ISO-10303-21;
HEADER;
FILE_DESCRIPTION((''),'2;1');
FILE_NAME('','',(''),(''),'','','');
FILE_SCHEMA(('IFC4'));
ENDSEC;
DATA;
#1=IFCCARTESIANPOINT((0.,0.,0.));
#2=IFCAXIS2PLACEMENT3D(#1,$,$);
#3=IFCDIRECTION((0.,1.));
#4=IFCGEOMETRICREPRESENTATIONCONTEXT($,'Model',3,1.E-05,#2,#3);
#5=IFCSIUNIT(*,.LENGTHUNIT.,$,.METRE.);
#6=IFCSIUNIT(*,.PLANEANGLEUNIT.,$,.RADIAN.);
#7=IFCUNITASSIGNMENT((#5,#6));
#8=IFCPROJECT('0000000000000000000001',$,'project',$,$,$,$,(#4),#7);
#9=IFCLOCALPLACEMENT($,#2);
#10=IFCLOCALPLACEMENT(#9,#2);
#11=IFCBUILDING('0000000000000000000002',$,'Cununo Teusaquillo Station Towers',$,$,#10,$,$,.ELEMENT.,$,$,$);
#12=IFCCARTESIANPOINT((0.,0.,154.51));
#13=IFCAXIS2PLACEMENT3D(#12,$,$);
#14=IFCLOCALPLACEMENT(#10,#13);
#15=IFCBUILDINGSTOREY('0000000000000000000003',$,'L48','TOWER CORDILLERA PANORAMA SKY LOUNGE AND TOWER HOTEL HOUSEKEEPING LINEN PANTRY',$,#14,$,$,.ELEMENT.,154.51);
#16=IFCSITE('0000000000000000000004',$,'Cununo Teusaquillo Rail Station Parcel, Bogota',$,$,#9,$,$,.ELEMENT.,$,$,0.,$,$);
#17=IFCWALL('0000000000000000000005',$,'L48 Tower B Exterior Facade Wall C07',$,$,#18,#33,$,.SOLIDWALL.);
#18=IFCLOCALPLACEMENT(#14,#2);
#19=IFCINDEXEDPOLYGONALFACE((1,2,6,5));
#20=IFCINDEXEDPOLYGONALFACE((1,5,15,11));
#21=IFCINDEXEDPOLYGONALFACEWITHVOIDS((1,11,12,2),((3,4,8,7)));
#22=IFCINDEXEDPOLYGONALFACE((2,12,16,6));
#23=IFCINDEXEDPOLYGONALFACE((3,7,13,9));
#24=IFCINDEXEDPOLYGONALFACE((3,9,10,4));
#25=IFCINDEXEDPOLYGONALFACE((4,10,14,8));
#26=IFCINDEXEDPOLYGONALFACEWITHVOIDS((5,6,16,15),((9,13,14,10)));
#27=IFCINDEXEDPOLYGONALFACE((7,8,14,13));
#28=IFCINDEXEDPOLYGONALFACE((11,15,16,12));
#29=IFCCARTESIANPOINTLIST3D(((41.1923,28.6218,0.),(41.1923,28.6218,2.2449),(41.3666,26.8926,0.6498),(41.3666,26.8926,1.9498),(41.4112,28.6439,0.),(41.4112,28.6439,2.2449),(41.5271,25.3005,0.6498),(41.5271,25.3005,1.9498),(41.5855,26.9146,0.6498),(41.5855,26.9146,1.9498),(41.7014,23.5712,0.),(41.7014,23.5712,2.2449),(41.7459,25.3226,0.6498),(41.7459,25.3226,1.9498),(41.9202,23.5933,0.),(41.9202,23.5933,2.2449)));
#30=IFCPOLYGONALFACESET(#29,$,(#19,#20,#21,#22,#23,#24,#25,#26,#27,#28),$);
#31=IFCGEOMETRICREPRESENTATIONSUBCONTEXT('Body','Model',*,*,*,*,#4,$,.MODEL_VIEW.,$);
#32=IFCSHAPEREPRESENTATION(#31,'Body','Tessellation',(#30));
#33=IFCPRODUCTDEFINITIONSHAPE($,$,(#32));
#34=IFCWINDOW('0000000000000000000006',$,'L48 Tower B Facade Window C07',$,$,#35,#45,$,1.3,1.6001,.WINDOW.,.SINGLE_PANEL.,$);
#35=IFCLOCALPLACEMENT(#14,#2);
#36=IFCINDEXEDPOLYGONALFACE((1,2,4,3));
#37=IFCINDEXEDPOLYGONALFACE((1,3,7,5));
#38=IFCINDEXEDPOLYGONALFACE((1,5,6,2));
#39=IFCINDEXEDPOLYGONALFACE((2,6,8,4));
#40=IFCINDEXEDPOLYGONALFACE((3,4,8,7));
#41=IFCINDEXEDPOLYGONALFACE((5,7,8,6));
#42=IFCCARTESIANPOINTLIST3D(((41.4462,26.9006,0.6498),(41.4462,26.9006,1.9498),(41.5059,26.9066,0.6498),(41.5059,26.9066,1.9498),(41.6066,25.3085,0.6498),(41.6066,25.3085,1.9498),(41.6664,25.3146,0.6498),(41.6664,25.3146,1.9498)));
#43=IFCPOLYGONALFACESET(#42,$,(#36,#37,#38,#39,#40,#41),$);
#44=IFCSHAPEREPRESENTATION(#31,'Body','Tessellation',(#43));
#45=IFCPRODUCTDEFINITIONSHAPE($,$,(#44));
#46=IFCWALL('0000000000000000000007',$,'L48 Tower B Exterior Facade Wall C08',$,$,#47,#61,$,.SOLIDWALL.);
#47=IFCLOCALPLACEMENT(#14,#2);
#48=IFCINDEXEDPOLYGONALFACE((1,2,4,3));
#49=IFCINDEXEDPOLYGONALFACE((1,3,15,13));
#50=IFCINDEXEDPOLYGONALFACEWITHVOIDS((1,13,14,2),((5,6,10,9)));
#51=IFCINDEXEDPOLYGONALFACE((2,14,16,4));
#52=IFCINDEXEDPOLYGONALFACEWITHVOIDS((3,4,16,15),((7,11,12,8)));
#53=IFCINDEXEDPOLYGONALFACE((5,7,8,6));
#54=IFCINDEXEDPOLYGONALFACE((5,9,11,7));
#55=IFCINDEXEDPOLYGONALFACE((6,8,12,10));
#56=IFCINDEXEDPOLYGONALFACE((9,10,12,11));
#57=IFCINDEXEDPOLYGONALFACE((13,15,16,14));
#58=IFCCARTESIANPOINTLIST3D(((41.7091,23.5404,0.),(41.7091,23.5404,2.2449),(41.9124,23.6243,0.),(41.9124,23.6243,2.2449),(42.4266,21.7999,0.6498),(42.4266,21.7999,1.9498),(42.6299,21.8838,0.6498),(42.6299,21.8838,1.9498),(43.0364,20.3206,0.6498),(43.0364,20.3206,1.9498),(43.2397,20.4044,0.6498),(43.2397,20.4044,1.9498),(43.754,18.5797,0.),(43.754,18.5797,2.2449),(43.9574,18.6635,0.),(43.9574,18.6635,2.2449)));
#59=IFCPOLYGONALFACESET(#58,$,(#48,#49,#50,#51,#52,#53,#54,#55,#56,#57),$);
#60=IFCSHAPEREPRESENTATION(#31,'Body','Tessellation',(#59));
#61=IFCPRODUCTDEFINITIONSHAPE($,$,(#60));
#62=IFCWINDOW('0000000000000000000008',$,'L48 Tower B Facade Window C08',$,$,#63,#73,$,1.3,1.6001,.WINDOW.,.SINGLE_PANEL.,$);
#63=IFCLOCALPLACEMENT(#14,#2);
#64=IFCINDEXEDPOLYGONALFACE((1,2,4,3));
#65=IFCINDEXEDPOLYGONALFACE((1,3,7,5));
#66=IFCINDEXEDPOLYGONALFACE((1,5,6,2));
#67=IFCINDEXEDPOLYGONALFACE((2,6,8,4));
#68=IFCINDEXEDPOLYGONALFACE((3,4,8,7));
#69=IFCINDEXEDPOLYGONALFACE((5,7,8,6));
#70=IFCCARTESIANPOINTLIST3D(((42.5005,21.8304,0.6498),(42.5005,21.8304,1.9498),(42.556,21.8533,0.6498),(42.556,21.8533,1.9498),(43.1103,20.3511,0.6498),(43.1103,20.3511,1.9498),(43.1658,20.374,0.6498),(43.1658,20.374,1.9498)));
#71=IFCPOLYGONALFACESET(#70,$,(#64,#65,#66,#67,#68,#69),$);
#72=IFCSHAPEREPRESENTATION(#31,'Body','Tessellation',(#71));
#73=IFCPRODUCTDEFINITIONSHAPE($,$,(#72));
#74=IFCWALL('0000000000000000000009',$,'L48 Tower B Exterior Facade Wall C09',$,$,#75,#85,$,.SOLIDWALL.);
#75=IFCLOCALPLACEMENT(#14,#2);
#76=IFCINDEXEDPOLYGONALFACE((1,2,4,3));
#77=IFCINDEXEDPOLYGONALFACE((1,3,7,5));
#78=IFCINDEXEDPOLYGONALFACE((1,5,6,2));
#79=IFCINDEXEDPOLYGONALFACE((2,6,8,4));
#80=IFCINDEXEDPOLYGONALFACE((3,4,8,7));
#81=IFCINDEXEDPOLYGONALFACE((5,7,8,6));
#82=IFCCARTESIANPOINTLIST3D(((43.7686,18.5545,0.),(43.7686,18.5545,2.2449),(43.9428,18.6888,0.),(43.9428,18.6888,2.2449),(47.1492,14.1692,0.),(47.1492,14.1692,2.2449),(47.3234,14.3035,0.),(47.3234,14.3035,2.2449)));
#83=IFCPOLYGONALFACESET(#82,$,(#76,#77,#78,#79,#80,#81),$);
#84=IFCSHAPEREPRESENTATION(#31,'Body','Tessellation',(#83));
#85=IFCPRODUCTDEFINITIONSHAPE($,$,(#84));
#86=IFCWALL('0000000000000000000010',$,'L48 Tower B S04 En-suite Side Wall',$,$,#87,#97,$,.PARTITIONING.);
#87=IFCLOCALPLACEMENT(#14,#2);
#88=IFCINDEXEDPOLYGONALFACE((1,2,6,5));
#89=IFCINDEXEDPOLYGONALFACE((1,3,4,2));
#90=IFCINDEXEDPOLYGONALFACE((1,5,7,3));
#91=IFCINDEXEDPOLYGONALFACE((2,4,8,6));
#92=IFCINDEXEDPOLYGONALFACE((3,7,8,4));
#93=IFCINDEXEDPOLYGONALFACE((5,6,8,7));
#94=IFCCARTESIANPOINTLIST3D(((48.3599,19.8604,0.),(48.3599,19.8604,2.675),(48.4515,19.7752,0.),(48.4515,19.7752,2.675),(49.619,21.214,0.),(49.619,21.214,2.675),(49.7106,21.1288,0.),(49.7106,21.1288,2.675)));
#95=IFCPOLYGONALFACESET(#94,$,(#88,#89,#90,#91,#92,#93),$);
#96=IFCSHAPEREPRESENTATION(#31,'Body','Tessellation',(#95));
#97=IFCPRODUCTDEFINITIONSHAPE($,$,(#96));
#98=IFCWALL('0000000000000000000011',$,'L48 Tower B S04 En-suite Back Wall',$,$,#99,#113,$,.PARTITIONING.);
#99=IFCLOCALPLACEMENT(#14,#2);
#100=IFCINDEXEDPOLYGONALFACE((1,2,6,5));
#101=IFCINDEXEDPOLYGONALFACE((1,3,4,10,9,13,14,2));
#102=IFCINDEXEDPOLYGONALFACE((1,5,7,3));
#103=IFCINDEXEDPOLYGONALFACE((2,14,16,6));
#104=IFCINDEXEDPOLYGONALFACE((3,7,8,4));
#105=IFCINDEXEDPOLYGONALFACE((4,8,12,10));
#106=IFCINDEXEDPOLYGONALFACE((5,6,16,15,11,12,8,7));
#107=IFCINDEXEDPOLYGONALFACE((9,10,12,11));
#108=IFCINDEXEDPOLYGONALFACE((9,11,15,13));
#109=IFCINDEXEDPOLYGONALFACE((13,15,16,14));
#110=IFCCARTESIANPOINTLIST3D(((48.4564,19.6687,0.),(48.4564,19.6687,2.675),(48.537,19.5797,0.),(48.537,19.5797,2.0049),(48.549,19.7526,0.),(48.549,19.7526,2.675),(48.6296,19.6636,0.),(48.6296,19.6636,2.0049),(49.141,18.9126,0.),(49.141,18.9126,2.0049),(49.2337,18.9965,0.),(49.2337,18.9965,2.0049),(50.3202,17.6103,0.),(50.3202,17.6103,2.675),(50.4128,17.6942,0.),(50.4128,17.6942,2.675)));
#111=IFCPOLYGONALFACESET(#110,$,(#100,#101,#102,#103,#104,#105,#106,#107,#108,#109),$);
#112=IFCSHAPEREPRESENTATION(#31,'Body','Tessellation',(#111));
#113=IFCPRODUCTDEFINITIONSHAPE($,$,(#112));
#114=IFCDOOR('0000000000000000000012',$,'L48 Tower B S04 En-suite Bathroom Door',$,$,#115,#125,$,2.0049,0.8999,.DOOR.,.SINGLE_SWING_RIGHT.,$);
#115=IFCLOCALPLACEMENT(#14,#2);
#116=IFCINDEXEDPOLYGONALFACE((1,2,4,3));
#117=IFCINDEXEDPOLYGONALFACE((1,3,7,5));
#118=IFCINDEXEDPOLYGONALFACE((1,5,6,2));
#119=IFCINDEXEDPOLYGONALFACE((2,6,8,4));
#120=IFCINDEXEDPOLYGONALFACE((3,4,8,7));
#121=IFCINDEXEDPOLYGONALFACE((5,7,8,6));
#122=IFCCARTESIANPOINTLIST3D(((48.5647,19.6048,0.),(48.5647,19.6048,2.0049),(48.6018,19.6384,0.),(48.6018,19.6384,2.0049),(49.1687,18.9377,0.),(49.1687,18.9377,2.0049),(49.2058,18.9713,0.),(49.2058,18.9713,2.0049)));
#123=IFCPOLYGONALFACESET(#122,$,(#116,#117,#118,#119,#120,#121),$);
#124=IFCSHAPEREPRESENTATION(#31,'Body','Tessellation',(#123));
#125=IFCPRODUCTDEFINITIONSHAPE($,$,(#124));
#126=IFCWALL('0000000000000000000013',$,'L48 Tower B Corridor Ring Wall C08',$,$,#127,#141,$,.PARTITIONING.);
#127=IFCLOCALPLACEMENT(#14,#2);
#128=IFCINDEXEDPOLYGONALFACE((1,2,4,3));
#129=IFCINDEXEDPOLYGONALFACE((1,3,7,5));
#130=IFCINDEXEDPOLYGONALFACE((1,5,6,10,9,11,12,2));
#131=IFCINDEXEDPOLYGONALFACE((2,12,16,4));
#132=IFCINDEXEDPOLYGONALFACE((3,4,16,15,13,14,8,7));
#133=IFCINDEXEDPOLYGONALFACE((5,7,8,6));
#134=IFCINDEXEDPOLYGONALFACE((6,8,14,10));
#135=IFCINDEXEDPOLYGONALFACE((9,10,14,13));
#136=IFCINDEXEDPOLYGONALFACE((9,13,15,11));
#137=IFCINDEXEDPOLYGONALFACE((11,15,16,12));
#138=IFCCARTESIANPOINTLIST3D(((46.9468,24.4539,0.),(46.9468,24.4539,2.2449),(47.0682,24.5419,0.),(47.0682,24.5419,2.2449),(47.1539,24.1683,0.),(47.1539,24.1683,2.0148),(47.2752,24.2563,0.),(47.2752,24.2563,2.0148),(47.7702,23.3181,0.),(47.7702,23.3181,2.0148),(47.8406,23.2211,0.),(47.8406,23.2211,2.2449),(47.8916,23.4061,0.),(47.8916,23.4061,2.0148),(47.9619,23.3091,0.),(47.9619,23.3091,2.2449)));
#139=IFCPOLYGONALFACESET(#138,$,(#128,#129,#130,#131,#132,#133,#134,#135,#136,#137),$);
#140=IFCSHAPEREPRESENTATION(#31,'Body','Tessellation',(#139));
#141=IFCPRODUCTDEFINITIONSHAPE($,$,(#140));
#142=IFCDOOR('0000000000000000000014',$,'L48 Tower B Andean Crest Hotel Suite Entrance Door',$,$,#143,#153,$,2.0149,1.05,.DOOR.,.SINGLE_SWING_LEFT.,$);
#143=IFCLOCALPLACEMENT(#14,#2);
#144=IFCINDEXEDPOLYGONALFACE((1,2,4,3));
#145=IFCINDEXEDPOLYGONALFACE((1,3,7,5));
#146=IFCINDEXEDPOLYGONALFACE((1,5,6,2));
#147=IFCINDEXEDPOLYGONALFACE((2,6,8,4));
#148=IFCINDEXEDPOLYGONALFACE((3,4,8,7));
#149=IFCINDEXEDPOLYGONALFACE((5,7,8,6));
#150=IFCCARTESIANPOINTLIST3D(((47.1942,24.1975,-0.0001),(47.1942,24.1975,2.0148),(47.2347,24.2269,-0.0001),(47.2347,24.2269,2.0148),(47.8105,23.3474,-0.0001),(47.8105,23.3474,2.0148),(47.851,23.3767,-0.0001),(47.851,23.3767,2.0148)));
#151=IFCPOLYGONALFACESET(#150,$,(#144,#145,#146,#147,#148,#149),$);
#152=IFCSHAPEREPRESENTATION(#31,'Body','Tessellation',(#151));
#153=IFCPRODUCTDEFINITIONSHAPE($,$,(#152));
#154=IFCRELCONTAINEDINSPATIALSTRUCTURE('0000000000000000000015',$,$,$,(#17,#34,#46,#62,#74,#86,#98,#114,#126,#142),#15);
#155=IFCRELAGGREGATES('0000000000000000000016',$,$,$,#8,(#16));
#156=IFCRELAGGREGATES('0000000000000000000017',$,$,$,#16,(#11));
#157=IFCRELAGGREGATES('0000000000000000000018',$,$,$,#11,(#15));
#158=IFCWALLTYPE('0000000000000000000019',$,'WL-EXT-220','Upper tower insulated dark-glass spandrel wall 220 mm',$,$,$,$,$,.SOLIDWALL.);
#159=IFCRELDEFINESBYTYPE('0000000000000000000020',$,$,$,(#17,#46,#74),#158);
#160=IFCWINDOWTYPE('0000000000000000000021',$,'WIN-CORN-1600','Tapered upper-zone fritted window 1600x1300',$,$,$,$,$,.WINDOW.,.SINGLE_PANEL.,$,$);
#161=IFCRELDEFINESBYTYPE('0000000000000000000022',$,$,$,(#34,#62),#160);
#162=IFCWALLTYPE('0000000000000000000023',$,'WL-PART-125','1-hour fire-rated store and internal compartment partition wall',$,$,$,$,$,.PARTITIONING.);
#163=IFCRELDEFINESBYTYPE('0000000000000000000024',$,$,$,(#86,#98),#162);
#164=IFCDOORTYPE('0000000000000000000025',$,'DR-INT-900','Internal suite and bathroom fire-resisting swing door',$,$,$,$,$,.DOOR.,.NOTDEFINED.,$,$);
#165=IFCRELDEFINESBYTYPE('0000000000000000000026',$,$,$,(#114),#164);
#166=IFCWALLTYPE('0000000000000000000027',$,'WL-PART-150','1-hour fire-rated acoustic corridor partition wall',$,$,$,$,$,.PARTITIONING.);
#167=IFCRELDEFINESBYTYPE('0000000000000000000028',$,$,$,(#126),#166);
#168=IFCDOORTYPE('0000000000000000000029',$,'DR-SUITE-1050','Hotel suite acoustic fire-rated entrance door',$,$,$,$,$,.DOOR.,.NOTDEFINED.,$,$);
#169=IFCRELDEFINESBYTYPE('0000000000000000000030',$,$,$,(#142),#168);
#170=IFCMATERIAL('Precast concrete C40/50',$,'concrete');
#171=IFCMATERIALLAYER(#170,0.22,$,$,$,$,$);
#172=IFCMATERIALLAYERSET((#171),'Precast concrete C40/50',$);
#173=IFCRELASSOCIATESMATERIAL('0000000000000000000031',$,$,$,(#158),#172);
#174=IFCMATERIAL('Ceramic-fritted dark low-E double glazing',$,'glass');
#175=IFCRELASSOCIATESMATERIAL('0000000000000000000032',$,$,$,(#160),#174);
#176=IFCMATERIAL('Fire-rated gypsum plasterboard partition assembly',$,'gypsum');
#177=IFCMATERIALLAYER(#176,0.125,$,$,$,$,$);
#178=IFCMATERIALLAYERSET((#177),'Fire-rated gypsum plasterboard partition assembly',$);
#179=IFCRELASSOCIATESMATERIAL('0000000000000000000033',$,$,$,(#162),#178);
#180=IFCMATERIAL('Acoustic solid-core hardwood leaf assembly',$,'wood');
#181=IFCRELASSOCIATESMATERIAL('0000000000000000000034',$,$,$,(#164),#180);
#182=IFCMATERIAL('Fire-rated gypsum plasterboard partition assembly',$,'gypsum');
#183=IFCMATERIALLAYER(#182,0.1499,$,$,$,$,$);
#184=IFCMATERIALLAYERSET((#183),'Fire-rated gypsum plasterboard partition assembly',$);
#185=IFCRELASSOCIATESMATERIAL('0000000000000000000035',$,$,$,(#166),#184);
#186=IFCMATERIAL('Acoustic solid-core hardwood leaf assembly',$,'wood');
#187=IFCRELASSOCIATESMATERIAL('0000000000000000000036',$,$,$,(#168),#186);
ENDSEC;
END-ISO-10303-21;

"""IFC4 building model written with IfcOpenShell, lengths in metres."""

from ifc_helpers import new_model, si_unit, direction, frame, frame_2d, origin, place, context, subcontext, project, spatial, rectangle, extrude, source, transform, mapped, material, layer, layer_set, type_object, element, fill, save


model = new_model("IFC4")

# Units and contexts
model_context = context("Model", 3, precision=1e-05, world=origin(), true_north=direction((0.0, 1.0)))
body_context = subcontext(model_context, "Body", "Model", "MODEL_VIEW")
ifc_project = project(units=[si_unit("LENGTHUNIT", "METRE"), si_unit("PLANEANGLEUNIT", "RADIAN")], contexts=[model_context])

# Site, building, storey
site_placement = place(None, origin())
site = spatial("IfcSite", under=ifc_project, at=site_placement, Name="Cununo Teusaquillo Rail Station Parcel, Bogota", CompositionType="ELEMENT", RefElevation=0.0)
building_placement = place(site_placement, origin())
building = spatial("IfcBuilding", under=site, at=building_placement, Name="Cununo Teusaquillo Station Towers", CompositionType="ELEMENT")
storey_placement = place(building_placement, frame((0.0, 0.0, 154.51)))
storey = spatial("IfcBuildingStorey", under=building, at=storey_placement, Name="L48", Description="TOWER CORDILLERA PANORAMA SKY LOUNGE AND TOWER HOTEL HOUSEKEEPING LINEN PANTRY", CompositionType="ELEMENT", Elevation=154.51)

# Shared definitions
ifc_material_1 = material(Name="Precast concrete C40/50", Category="concrete")
ifc_layer_1 = layer(ifc_material_1, 0.22)
ifc_layer_set_1 = layer_set([ifc_layer_1], Name="Precast concrete C40/50")
wall_type_1 = type_object("IfcWallType", Name="WL-EXT-220", Description="Upper tower insulated dark-glass spandrel wall 220 mm", PredefinedType="SOLIDWALL", material=ifc_layer_set_1)

# Walls, openings, windows
shared_shape_1 = source(origin(), body_context, "Body", "SweptSolid", [
    extrude(rectangle(XDim=1.6001, YDim=1.3, at=frame_2d((0.8, 0.6499))), frame((0.0, 0.1199, 0.0), z_axis=(0.0, -1.0, 0.0), x_axis=(1.0, 0.0, 0.0)), (0.0, 0.0, 1.0), 0.24),
])
ifc_material_2 = material(Name="Ceramic-fritted dark low-E double glazing", Category="glass")
window_type = type_object("IfcWindowType", Name="WIN-CORN-1600", Description="Tapered upper-zone fritted window 1600x1300", PartitioningType="SINGLE_PANEL", PredefinedType="WINDOW", material=ifc_material_2)
shared_shape_2 = source(origin(), body_context, "Body", "SweptSolid", [
    extrude(rectangle(XDim=1.6001, YDim=1.3, at=frame_2d((0.8, 0.6499))), frame((0.0, 0.03, 0.0), z_axis=(0.0, -1.0, 0.0), x_axis=(1.0, 0.0, 0.0)), (0.0, 0.0, 1.0), 0.0601),
])
wall_1_placement = place(storey_placement, frame((41.8108, 23.5823, 0.0), z_axis=(0.0, 0.0, 1.0), x_axis=(-0.10028, 0.994959, 0.0)))
wall_1 = element("IfcWall", 1, at=wall_1_placement, inside=storey, type_object=wall_type_1, Name="L48 Tower B Exterior Facade Wall C07", PredefinedType="SOLIDWALL", context=body_context, shape_type="SweptSolid", body=[
    extrude(rectangle(XDim=5.0762, YDim=0.22, at=frame_2d((2.5381, 0.0))), origin(), (0.0, 0.0, 1.0), 2.2449),
])
opening_1_placement = place(wall_1_placement, frame((1.738, 0.0, 0.6499)))
opening_1 = element("IfcOpeningElement", 2, at=opening_1_placement, cuts=wall_1, PredefinedType="OPENING", context=body_context, shape_type="MappedRepresentation", body=[
    mapped(shared_shape_1, transform((0.0, 0.0, 0.0), x_axis=(1.0, 0.0, 0.0), y_axis=(0.0, 1.0, 0.0), z_axis=(0.0, 0.0, 1.0), scale=1.0)),
])
window_1_placement = place(opening_1_placement, origin())
window_1 = element("IfcWindow", 3, at=window_1_placement, inside=storey, type_object=window_type, Name="L48 Tower B Facade Window C07", OverallHeight=1.3, OverallWidth=1.6001, PartitioningType="SINGLE_PANEL", PredefinedType="WINDOW", context=body_context, shape_type="MappedRepresentation", body=[
    mapped(shared_shape_2, transform((0.0, 0.0, 0.0), x_axis=(1.0, 0.0, 0.0), y_axis=(0.0, 1.0, 0.0), z_axis=(0.0, 0.0, 1.0), scale=1.0)),
])
fill(opening_1, window_1)
wall_2_placement = place(storey_placement, frame((43.8557, 18.6216, 0.0), z_axis=(0.0, 0.0, 1.0), x_axis=(-0.381114, 0.924528, 0.0)))
wall_2 = element("IfcWall", 4, at=wall_2_placement, inside=storey, type_object=wall_type_1, Name="L48 Tower B Exterior Facade Wall C08", PredefinedType="SOLIDWALL", context=body_context, shape_type="SweptSolid", body=[
    extrude(rectangle(XDim=5.3657, YDim=0.22, at=frame_2d((2.6829, 0.0))), origin(), (0.0, 0.0, 1.0), 2.2449),
])
opening_2_placement = place(wall_2_placement, frame((1.8831, 0.0, 0.6499)))
opening_2 = element("IfcOpeningElement", 5, at=opening_2_placement, cuts=wall_2, PredefinedType="OPENING", context=body_context, shape_type="MappedRepresentation", body=[
    mapped(shared_shape_1, transform((0.0, 0.0, 0.0), x_axis=(1.0, 0.0, 0.0), y_axis=(0.0, 1.0, 0.0), z_axis=(0.0, 0.0, 1.0), scale=1.0)),
])
window_2_placement = place(opening_2_placement, origin())
window_2 = element("IfcWindow", 6, at=window_2_placement, inside=storey, type_object=window_type, Name="L48 Tower B Facade Window C08", OverallHeight=1.3, OverallWidth=1.6001, PartitioningType="SINGLE_PANEL", PredefinedType="WINDOW", context=body_context, shape_type="MappedRepresentation", body=[
    mapped(shared_shape_2, transform((0.0, 0.0, 0.0), x_axis=(1.0, 0.0, 0.0), y_axis=(0.0, 1.0, 0.0), z_axis=(0.0, 0.0, 1.0), scale=1.0)),
])
fill(opening_2, window_2)

# Walls
wall_3_placement = place(storey_placement, frame((47.2363, 14.2363, 0.0), z_axis=(0.0, 0.0, 1.0), x_axis=(-0.610544, 0.791983, 0.0)))
element("IfcWall", 7, at=wall_3_placement, inside=storey, type_object=wall_type_1, Name="L48 Tower B Exterior Facade Wall C09", PredefinedType="SOLIDWALL", context=body_context, shape_type="SweptSolid", body=[
    extrude(rectangle(XDim=5.5371, YDim=0.22, at=frame_2d((2.7686, 0.0))), origin(), (0.0, 0.0, 1.0), 2.2449),
])
ifc_material_3 = material(Name="Fire-rated gypsum plasterboard partition assembly", Category="gypsum")
ifc_layer_2 = layer(ifc_material_3, 0.125)
ifc_layer_set_2 = layer_set([ifc_layer_2], Name="Fire-rated gypsum plasterboard partition assembly")
wall_type_2 = type_object("IfcWallType", Name="WL-PART-125", Description="1-hour fire-rated store and internal compartment partition wall", PredefinedType="PARTITIONING", material=ifc_layer_set_2)
wall_4_placement = place(storey_placement, frame((49.6648, 21.1714, 0.0), z_axis=(0.0, 0.0, 1.0), x_axis=(-0.681089, -0.732201, 0.0)))
element("IfcWall", 8, at=wall_4_placement, inside=storey, type_object=wall_type_2, Name="L48 Tower B S04 En-suite Side Wall", PredefinedType="PARTITIONING", context=body_context, shape_type="SweptSolid", body=[
    extrude(rectangle(XDim=1.8486, YDim=0.125, at=frame_2d((0.9243, 0.0))), origin(), (0.0, 0.0, 1.0), 2.675),
])

# Walls, openings, doors
wall_5_placement = place(storey_placement, frame((48.5027, 19.7107, 0.0), z_axis=(0.0, 0.0, 1.0), x_axis=(0.671201, -0.741275, 0.0)))
wall_5 = element("IfcWall", 9, at=wall_5_placement, inside=storey, type_object=wall_type_2, Name="L48 Tower B S04 En-suite Back Wall", PredefinedType="PARTITIONING", context=body_context, shape_type="SweptSolid", body=[
    extrude(rectangle(XDim=2.7769, YDim=0.125, at=frame_2d((1.3884, 0.0))), origin(), (0.0, 0.0, 1.0), 2.675),
])
shared_shape_3 = source(origin(), body_context, "Body", "SweptSolid", [
    extrude(rectangle(XDim=0.8999, YDim=2.0049, at=frame_2d((0.45, 1.0024))), frame((0.0, 0.0725, 0.0), z_axis=(0.0, -1.0, 0.0), x_axis=(1.0, 0.0, 0.0)), (0.0, 0.0, 1.0), 0.145),
])
opening_3_placement = place(wall_5_placement, frame((0.1201, 0.0, 0.0)))
opening_3 = element("IfcOpeningElement", 10, at=opening_3_placement, cuts=wall_5, PredefinedType="OPENING", context=body_context, shape_type="MappedRepresentation", body=[
    mapped(shared_shape_3, transform((0.0, 0.0, 0.0), x_axis=(1.0, 0.0, 0.0), y_axis=(0.0, 1.0, 0.0), z_axis=(0.0, 0.0, 1.0), scale=1.0)),
])
ifc_material_4 = material(Name="Acoustic solid-core hardwood leaf assembly", Category="wood")
door_type_1 = type_object("IfcDoorType", Name="DR-INT-900", Description="Internal suite and bathroom fire-resisting swing door", OperationType="NOTDEFINED", PredefinedType="DOOR", material=ifc_material_4)
shared_shape_4 = source(origin(), body_context, "Body", "SweptSolid", [
    extrude(rectangle(XDim=0.8999, YDim=2.0049, at=frame_2d((0.45, 1.0024))), frame((0.0, 0.0249, 0.0), z_axis=(0.0, -1.0, 0.0), x_axis=(1.0, 0.0, 0.0)), (0.0, 0.0, 1.0), 0.05),
])
door_1_placement = place(opening_3_placement, origin())
door_1 = element("IfcDoor", 11, at=door_1_placement, inside=storey, type_object=door_type_1, Name="L48 Tower B S04 En-suite Bathroom Door", OperationType="SINGLE_SWING_RIGHT", OverallHeight=2.0049, OverallWidth=0.8999, PredefinedType="DOOR", context=body_context, shape_type="MappedRepresentation", body=[
    mapped(shared_shape_4, transform((0.0, 0.0, 0.0), x_axis=(1.0, 0.0, 0.0), y_axis=(0.0, 1.0, 0.0), z_axis=(0.0, 0.0, 1.0), scale=1.0)),
])
fill(opening_3, door_1)
ifc_material_5 = material(Name="Fire-rated gypsum plasterboard partition assembly", Category="gypsum")
ifc_layer_3 = layer(ifc_material_5, 0.1499)
ifc_layer_set_3 = layer_set([ifc_layer_3], Name="Fire-rated gypsum plasterboard partition assembly")
wall_type_3 = type_object("IfcWallType", Name="WL-PART-150", Description="1-hour fire-rated acoustic corridor partition wall", PredefinedType="PARTITIONING", material=ifc_layer_set_3)
wall_6_placement = place(storey_placement, frame((47.0076, 24.4978, 0.0), z_axis=(0.0, 0.0, 1.0), x_axis=(0.586941, -0.809629, 0.0)))
wall_6 = element("IfcWall", 12, at=wall_6_placement, inside=storey, type_object=wall_type_3, Name="L48 Tower B Corridor Ring Wall C08", PredefinedType="PARTITIONING", context=body_context, shape_type="SweptSolid", body=[
    extrude(rectangle(XDim=1.5227, YDim=0.1499, at=frame_2d((0.7612, 0.0))), origin(), (0.0, 0.0, 1.0), 2.2449),
])
shared_shape_5 = source(origin(), body_context, "Body", "SweptSolid", [
    extrude(rectangle(XDim=1.05, YDim=2.0149, at=frame_2d((0.5249, 1.0073))), frame((0.0, 0.085, 0.0), z_axis=(0.0, -1.0, 0.0), x_axis=(1.0, 0.0, 0.0)), (0.0, 0.0, 1.0), 0.1699),
])
opening_4_placement = place(wall_6_placement, frame((0.3528, 0.0, 0.0)))
opening_4 = element("IfcOpeningElement", 13, at=opening_4_placement, cuts=wall_6, PredefinedType="OPENING", context=body_context, shape_type="MappedRepresentation", body=[
    mapped(shared_shape_5, transform((0.0, 0.0, 0.0), x_axis=(1.0, 0.0, 0.0), y_axis=(0.0, 1.0, 0.0), z_axis=(0.0, 0.0, 1.0), scale=1.0)),
])
ifc_material_6 = material(Name="Acoustic solid-core hardwood leaf assembly", Category="wood")
door_type_2 = type_object("IfcDoorType", Name="DR-SUITE-1050", Description="Hotel suite acoustic fire-rated entrance door", OperationType="NOTDEFINED", PredefinedType="DOOR", material=ifc_material_6)
shared_shape_6 = source(origin(), body_context, "Body", "SweptSolid", [
    extrude(rectangle(XDim=1.05, YDim=2.0149, at=frame_2d((0.5249, 1.0073))), frame((0.0, 0.0249, 0.0), z_axis=(0.0, -1.0, 0.0), x_axis=(1.0, 0.0, 0.0)), (0.0, 0.0, 1.0), 0.05),
])
door_2_placement = place(opening_4_placement, origin())
door_2 = element("IfcDoor", 14, at=door_2_placement, inside=storey, type_object=door_type_2, Name="L48 Tower B Andean Crest Hotel Suite Entrance Door", OperationType="SINGLE_SWING_LEFT", OverallHeight=2.0149, OverallWidth=1.05, PredefinedType="DOOR", context=body_context, shape_type="MappedRepresentation", body=[
    mapped(shared_shape_6, transform((0.0, 0.0, 0.0), x_axis=(1.0, 0.0, 0.0), y_axis=(0.0, 1.0, 0.0), z_axis=(0.0, 0.0, 1.0), scale=1.0)),
])
fill(opening_4, door_2)

save(model, "model.ifc")
